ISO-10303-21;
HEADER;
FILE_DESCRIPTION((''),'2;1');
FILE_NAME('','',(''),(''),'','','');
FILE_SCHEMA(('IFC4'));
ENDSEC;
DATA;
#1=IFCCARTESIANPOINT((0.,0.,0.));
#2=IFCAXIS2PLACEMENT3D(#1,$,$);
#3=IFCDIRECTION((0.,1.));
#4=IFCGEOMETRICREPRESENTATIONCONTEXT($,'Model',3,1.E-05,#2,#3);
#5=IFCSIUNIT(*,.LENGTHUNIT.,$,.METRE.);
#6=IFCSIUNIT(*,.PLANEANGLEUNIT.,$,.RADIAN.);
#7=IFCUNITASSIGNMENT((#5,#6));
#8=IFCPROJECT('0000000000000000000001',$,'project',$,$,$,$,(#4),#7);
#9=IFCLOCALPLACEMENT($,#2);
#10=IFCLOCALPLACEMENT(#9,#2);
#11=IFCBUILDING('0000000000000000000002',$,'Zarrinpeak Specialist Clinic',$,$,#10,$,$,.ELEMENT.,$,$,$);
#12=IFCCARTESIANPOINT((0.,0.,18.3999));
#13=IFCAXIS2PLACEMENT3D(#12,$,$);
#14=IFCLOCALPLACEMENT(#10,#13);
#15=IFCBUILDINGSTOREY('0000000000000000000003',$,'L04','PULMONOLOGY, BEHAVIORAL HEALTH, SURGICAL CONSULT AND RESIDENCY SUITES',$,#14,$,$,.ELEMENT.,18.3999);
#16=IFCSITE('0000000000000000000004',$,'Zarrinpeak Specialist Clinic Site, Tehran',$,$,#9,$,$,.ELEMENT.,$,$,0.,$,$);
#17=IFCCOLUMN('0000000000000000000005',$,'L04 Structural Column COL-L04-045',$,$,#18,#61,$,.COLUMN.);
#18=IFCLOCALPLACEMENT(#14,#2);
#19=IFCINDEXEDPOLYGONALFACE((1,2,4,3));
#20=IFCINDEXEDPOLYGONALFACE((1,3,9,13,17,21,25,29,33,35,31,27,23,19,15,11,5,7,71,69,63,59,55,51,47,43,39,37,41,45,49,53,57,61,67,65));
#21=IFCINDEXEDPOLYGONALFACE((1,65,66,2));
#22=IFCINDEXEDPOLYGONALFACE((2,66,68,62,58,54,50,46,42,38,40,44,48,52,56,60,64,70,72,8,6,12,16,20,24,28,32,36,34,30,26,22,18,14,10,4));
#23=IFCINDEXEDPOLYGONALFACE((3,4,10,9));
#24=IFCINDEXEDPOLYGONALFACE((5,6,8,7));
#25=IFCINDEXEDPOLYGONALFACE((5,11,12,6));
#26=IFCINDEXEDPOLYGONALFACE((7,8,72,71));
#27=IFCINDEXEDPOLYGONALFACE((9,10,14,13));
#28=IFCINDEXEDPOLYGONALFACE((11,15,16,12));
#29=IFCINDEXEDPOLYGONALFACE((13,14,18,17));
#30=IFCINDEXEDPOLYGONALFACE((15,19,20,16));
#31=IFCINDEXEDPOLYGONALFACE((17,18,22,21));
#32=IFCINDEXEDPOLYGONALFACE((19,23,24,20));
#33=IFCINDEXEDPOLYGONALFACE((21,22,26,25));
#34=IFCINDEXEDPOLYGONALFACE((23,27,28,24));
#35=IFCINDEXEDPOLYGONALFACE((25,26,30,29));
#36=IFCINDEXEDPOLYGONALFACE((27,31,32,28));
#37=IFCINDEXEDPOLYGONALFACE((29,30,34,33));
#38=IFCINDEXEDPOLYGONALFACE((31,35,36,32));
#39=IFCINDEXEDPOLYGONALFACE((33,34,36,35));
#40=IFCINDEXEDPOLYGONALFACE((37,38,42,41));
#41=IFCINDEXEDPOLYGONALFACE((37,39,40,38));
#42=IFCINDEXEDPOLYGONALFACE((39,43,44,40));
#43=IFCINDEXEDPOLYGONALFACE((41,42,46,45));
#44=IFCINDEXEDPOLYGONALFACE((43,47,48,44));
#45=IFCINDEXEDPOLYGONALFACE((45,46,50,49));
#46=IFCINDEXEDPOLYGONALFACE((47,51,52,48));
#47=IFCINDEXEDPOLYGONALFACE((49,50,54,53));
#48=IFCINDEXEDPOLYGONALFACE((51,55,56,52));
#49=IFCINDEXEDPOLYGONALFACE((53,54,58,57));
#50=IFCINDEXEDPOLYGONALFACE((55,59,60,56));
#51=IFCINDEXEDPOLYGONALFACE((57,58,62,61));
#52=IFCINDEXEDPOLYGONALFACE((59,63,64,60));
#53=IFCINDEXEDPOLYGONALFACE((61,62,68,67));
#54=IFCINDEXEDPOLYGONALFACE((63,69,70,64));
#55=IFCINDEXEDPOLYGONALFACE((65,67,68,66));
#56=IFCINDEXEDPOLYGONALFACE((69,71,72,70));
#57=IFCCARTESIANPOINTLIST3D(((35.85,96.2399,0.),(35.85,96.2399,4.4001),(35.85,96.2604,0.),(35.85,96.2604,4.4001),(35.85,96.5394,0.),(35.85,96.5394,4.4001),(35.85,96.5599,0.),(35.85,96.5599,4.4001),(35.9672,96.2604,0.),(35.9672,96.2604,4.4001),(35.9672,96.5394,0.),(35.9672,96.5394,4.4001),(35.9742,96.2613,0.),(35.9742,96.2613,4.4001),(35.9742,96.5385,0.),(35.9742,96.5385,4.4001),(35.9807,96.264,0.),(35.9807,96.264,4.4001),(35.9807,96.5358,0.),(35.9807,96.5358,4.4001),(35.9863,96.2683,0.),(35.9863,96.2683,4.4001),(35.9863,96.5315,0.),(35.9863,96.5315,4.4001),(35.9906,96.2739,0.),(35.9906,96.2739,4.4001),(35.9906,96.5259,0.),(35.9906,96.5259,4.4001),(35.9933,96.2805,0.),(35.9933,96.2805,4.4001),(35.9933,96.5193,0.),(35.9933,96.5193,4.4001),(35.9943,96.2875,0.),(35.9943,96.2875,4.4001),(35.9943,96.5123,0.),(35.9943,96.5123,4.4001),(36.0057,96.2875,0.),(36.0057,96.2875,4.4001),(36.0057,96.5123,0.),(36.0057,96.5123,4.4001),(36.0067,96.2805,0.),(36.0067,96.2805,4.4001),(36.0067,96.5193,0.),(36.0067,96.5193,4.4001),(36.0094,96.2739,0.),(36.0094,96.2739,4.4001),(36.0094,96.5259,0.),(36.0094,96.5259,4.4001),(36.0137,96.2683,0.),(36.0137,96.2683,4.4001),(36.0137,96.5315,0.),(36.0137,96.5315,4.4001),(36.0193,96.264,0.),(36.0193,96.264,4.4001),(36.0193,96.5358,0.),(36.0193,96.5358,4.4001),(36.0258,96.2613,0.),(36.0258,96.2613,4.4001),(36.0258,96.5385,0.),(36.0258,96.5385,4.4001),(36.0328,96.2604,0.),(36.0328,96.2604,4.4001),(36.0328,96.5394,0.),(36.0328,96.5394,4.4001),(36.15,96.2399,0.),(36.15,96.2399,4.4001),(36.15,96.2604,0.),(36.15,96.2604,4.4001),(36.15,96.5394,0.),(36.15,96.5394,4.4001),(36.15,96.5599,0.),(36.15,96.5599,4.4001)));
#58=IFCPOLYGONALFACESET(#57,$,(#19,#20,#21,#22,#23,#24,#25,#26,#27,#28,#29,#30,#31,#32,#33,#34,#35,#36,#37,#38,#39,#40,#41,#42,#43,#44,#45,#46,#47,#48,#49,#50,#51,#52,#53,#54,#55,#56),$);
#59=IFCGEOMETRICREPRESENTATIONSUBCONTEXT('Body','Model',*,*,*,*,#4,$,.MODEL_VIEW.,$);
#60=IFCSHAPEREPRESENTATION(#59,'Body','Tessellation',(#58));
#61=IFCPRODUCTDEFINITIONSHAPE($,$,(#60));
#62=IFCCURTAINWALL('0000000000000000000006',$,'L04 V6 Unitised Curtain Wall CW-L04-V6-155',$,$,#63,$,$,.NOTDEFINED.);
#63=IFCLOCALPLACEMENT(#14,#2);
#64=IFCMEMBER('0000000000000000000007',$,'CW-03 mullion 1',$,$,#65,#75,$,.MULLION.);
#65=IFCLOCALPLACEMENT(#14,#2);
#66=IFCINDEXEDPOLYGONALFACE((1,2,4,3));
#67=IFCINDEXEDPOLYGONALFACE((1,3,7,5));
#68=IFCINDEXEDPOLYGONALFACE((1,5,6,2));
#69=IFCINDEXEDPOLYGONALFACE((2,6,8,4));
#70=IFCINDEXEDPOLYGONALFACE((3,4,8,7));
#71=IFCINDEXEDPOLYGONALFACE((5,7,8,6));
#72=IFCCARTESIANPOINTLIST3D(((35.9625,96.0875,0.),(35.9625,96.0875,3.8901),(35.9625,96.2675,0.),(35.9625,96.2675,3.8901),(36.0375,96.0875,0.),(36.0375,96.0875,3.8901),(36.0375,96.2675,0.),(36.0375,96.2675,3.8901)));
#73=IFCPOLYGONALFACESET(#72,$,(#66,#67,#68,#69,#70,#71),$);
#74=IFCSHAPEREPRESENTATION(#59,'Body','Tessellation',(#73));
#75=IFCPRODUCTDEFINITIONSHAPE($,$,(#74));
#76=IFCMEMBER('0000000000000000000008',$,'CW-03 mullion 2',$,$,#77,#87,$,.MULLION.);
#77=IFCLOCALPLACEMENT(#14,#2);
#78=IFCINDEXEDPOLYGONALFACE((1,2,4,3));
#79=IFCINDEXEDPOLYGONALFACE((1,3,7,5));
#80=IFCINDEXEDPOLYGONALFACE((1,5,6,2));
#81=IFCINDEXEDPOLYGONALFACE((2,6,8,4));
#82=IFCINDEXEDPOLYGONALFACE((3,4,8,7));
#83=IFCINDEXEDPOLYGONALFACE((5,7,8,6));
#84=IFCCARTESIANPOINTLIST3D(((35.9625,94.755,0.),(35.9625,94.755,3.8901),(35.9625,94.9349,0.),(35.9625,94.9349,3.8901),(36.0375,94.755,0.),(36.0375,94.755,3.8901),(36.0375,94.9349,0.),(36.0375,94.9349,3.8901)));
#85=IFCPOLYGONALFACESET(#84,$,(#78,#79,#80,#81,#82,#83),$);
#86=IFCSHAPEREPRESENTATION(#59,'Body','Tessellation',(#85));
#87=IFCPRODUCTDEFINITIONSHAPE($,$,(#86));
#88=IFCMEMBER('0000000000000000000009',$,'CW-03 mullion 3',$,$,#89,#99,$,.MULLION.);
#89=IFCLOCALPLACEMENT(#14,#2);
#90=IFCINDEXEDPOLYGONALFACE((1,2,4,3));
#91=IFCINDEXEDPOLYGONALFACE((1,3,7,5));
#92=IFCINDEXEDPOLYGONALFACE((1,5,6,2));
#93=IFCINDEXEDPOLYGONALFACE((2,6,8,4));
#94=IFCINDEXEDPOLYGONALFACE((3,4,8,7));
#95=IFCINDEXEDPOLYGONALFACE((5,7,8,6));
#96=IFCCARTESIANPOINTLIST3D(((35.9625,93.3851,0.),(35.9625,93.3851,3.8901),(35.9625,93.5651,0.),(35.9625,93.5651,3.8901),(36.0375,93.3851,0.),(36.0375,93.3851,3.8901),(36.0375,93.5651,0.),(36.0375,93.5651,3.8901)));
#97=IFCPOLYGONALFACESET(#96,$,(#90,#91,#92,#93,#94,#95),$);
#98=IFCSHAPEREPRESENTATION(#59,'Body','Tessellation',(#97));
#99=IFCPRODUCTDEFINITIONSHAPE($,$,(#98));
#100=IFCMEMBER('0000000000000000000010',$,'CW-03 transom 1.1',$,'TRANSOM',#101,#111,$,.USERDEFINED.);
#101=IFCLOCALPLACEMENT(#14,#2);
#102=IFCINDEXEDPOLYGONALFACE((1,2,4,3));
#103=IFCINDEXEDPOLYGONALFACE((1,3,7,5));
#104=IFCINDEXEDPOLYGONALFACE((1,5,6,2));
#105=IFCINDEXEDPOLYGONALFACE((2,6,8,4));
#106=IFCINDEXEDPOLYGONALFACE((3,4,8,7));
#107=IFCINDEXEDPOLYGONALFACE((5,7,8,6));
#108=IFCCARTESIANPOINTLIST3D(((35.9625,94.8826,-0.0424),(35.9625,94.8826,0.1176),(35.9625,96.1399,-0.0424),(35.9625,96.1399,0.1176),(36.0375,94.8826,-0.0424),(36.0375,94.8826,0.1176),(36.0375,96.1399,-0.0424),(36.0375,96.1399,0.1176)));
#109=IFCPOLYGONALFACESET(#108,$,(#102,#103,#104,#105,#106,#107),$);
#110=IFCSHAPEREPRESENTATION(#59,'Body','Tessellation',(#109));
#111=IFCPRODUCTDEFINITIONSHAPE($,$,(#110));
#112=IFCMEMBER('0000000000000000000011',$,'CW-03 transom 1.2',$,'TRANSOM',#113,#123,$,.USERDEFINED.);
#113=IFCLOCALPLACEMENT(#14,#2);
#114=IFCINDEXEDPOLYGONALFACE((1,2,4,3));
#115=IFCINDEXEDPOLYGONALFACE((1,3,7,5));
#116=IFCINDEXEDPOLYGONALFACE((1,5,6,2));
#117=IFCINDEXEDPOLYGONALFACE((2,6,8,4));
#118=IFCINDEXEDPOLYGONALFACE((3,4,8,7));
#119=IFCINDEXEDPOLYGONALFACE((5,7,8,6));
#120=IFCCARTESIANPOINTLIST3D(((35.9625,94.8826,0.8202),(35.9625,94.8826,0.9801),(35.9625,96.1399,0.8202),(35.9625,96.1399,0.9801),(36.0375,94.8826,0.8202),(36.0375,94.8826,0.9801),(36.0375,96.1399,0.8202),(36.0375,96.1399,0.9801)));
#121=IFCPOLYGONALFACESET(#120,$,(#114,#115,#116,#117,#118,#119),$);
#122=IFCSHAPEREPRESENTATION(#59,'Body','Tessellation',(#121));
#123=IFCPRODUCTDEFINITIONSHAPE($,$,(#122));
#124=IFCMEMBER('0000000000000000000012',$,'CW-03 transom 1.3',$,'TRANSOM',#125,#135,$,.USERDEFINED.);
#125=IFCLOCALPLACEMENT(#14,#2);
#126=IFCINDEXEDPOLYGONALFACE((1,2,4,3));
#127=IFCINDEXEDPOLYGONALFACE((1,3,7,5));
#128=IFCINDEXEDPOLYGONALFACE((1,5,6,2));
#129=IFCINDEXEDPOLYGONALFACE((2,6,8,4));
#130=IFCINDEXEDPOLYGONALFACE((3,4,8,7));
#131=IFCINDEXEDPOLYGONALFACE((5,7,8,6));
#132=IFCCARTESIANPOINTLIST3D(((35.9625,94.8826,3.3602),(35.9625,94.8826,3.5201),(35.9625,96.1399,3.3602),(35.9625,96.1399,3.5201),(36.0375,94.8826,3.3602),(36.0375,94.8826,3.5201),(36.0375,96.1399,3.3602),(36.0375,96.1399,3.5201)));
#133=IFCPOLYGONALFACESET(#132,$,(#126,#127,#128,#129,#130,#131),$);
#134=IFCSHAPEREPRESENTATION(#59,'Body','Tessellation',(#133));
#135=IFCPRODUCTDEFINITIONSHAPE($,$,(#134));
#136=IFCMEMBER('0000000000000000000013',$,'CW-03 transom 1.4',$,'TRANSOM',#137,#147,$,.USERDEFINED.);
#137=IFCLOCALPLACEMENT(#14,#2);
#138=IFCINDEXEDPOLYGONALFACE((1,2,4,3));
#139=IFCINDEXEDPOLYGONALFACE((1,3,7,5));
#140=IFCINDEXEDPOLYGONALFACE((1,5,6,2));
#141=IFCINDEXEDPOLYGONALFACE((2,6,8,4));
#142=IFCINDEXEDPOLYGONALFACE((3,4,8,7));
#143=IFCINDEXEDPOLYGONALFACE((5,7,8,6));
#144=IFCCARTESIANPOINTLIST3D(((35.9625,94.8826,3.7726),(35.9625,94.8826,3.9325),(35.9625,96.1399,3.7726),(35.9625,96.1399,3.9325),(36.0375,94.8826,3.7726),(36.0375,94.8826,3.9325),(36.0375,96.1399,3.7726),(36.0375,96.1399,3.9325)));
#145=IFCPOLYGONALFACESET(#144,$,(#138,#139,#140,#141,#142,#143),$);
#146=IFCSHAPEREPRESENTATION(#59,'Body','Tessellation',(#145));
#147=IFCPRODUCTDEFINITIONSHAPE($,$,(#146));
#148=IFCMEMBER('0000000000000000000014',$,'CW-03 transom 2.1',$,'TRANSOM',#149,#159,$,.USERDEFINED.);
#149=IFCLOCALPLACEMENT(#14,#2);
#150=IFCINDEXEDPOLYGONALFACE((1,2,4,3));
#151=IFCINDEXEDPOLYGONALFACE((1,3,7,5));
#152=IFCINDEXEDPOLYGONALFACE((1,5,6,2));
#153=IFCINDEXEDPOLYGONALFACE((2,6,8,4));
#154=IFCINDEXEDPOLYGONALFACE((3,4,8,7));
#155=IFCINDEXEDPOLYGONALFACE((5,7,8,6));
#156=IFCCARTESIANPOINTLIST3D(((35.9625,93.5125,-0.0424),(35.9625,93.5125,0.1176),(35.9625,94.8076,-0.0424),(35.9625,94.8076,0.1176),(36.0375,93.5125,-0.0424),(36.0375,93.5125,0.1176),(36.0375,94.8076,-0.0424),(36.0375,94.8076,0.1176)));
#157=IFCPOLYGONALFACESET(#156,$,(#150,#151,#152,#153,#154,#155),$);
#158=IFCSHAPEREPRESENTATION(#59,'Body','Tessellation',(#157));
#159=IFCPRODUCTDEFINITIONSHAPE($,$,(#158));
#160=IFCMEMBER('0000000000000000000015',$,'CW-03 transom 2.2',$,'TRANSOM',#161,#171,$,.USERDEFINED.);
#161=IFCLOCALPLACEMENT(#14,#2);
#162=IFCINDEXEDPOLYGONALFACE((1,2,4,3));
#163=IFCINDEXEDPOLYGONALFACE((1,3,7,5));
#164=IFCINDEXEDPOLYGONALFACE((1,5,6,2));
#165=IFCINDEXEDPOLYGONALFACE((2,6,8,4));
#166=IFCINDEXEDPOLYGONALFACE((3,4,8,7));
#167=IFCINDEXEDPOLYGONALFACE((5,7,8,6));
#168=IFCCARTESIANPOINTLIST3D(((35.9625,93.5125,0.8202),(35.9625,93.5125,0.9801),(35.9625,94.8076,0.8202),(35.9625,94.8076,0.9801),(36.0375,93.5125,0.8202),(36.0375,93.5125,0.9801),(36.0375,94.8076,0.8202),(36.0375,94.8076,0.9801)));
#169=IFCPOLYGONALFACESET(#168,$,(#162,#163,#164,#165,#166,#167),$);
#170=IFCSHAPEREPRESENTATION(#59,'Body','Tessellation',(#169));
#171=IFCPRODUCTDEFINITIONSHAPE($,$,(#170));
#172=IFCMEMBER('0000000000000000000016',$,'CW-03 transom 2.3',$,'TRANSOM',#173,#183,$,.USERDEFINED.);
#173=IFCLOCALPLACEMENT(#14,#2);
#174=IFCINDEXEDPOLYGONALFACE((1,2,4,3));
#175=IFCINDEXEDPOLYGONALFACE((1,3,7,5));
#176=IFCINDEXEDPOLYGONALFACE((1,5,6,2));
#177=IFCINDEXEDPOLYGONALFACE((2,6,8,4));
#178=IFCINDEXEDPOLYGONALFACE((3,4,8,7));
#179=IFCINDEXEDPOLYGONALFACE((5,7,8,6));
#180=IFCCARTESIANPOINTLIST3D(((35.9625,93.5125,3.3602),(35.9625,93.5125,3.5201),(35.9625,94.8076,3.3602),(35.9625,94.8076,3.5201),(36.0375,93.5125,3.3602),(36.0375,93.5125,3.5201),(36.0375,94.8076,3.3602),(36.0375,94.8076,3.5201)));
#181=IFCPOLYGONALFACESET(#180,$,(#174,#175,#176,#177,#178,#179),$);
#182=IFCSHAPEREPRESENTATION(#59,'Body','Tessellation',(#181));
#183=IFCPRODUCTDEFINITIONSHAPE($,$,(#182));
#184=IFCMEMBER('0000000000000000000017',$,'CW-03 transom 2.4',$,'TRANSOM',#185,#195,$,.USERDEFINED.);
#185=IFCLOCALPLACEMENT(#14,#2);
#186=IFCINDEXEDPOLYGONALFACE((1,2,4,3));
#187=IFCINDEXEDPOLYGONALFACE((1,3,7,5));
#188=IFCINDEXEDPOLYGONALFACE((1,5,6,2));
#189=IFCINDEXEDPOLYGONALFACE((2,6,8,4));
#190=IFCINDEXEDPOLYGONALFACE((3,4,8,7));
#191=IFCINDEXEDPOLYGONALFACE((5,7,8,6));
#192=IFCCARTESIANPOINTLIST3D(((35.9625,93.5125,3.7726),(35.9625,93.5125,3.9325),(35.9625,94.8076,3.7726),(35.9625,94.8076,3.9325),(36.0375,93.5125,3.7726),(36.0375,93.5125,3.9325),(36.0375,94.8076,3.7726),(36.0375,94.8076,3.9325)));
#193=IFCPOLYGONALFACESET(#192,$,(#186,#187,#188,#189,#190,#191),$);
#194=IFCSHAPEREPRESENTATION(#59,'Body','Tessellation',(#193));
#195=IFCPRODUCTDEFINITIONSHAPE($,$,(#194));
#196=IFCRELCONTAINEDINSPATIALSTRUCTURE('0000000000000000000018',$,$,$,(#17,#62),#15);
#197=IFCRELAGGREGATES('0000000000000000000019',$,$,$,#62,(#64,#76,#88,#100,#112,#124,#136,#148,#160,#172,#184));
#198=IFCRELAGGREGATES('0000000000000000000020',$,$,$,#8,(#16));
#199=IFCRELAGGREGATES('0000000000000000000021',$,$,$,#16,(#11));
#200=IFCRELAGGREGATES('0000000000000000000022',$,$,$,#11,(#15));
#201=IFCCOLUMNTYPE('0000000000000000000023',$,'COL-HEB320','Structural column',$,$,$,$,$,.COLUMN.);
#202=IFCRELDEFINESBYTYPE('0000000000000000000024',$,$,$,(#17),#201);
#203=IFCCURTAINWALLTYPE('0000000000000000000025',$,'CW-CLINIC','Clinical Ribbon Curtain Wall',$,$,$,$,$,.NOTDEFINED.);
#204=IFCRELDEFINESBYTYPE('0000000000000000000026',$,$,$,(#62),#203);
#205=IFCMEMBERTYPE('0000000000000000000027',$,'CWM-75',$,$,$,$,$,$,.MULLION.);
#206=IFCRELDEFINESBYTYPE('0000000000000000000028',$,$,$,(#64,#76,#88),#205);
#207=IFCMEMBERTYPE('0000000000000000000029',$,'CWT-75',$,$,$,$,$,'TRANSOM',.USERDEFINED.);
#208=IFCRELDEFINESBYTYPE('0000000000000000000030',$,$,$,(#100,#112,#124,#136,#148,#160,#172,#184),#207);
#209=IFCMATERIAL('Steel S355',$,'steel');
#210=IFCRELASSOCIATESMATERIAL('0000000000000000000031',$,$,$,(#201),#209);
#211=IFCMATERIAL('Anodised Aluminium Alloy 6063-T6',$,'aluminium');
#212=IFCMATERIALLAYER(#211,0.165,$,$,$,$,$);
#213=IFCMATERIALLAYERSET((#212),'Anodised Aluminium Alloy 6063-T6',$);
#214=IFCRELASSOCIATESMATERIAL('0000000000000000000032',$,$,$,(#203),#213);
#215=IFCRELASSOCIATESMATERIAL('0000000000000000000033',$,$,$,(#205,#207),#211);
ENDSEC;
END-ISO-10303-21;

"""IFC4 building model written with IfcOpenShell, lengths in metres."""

from ifc_helpers import new_model, si_unit, direction, frame, origin, origin_2d, place, context, subcontext, project, spatial, rectangle, i_section, extrude, material, layer, layer_set, material_profile, profile_set, type_object, element, aggregate, save


model = new_model("IFC4")

# Units and contexts
model_context = context("Model", 3, precision=1e-05, world=origin(), true_north=direction((0.0, 1.0)))
body_context = subcontext(model_context, "Body", "Model", "MODEL_VIEW")
ifc_project = project(units=[si_unit("LENGTHUNIT", "METRE"), si_unit("PLANEANGLEUNIT", "RADIAN")], contexts=[model_context])

# Site, building, storey
site_placement = place(None, origin())
site = spatial("IfcSite", under=ifc_project, at=site_placement, Name="Zarrinpeak Specialist Clinic Site, Tehran", CompositionType="ELEMENT", RefElevation=0.0)
building_placement = place(site_placement, origin())
building = spatial("IfcBuilding", under=site, at=building_placement, Name="Zarrinpeak Specialist Clinic", CompositionType="ELEMENT")
storey_placement = place(building_placement, frame((0.0, 0.0, 18.3999)))
storey = spatial("IfcBuildingStorey", under=building, at=storey_placement, Name="L04", Description="PULMONOLOGY, BEHAVIORAL HEALTH, SURGICAL CONSULT AND RESIDENCY SUITES", CompositionType="ELEMENT", Elevation=18.3999)

# Column
ifc_material_1 = material(Name="Steel S355", Category="steel")
ifc_material_profile_1 = material_profile(ifc_material_1, i_section(OverallWidth=0.3, OverallDepth=0.3201, WebThickness=0.0115, FlangeThickness=0.0205, FilletRadius=0.0271, at=origin_2d()), Name="HEB 320")
ifc_profile_set_1 = profile_set([ifc_material_profile_1], Name="Steel S355")
column_type = type_object("IfcColumnType", Name="COL-HEB320", Description="Structural column", PredefinedType="COLUMN", material=ifc_profile_set_1)
column_placement = place(storey_placement, frame((36.0, 96.3999, 0.0), z_axis=(0.0, 0.0, 1.0), x_axis=(1.0, 0.0, 0.0)))
element("IfcColumn", 1, at=column_placement, inside=storey, type_object=column_type, Name="L04 Structural Column COL-L04-045", PredefinedType="COLUMN", context=body_context, shape_type="SweptSolid", body=[
    extrude(i_section(OverallWidth=0.3, OverallDepth=0.3201, WebThickness=0.0115, FlangeThickness=0.0205, FilletRadius=0.0271, at=origin_2d()), origin(), (0.0, 0.0, 1.0), 4.4001),
])

# Curtain wall, members
ifc_material_2 = material(Name="Anodised Aluminium Alloy 6063-T6", Category="aluminium")
ifc_layer_1 = layer(ifc_material_2, 0.165)
ifc_layer_set_1 = layer_set([ifc_layer_1], Name="Anodised Aluminium Alloy 6063-T6")
curtain_wall_type = type_object("IfcCurtainWallType", Name="CW-CLINIC", Description="Clinical Ribbon Curtain Wall", PredefinedType="NOTDEFINED", material=ifc_layer_set_1)
curtain_wall_placement = place(storey_placement, origin())
curtain_wall = element("IfcCurtainWall", 2, at=curtain_wall_placement, inside=storey, type_object=curtain_wall_type, Name="L04 V6 Unitised Curtain Wall CW-L04-V6-155", PredefinedType="NOTDEFINED")
ifc_material_profile_2 = material_profile(ifc_material_2, rectangle(XDim=0.075, YDim=0.1799, at=origin_2d()), Name="ALU 75x180")
ifc_profile_set_2 = profile_set([ifc_material_profile_2], Name="Anodised Aluminium Alloy 6063-T6")
member_type_1 = type_object("IfcMemberType", Name="CWM-75", PredefinedType="MULLION", material=ifc_profile_set_2)
member_1_placement = place(storey_placement, frame((36.0, 96.1775, 0.0), z_axis=(0.0, 0.0, 1.0), x_axis=(1.0, 0.0, 0.0)))
member_1 = element("IfcMember", 3, at=member_1_placement, type_object=member_type_1, Name="CW-03 mullion 1", PredefinedType="MULLION", context=body_context, shape_type="SweptSolid", body=[
    extrude(rectangle(XDim=0.075, YDim=0.1799, at=origin_2d()), origin(), (0.0, 0.0, 1.0), 3.8901),
])
member_2_placement = place(storey_placement, frame((36.0, 94.845, 0.0), z_axis=(0.0, 0.0, 1.0), x_axis=(1.0, 0.0, 0.0)))
member_2 = element("IfcMember", 4, at=member_2_placement, type_object=member_type_1, Name="CW-03 mullion 2", PredefinedType="MULLION", context=body_context, shape_type="SweptSolid", body=[
    extrude(rectangle(XDim=0.075, YDim=0.1799, at=origin_2d()), origin(), (0.0, 0.0, 1.0), 3.8901),
])
member_3_placement = place(storey_placement, frame((36.0, 93.4751, 0.0), z_axis=(0.0, 0.0, 1.0), x_axis=(1.0, 0.0, 0.0)))
member_3 = element("IfcMember", 5, at=member_3_placement, type_object=member_type_1, Name="CW-03 mullion 3", PredefinedType="MULLION", context=body_context, shape_type="SweptSolid", body=[
    extrude(rectangle(XDim=0.075, YDim=0.1799, at=origin_2d()), origin(), (0.0, 0.0, 1.0), 3.8901),
])
ifc_material_profile_3 = material_profile(ifc_material_2, rectangle(XDim=0.075, YDim=0.1599, at=origin_2d()), Name="ALU 75x160")
ifc_profile_set_3 = profile_set([ifc_material_profile_3], Name="Anodised Aluminium Alloy 6063-T6")
member_type_2 = type_object("IfcMemberType", Name="CWT-75", ElementType="TRANSOM", PredefinedType="USERDEFINED", material=ifc_profile_set_3)
member_4_placement = place(storey_placement, frame((36.0, 96.1399, 0.0376), z_axis=(0.0, -1.0, 0.0), x_axis=(1.0, 0.0, 0.0)))
member_4 = element("IfcMember", 6, at=member_4_placement, type_object=member_type_2, Name="CW-03 transom 1.1", ObjectType="TRANSOM", PredefinedType="USERDEFINED", context=body_context, shape_type="SweptSolid", body=[
    extrude(rectangle(XDim=0.075, YDim=0.1599, at=origin_2d()), origin(), (0.0, 0.0, 1.0), 1.2573),
])
member_5_placement = place(storey_placement, frame((36.0, 96.1399, 0.9001), z_axis=(0.0, -1.0, 0.0), x_axis=(1.0, 0.0, 0.0)))
member_5 = element("IfcMember", 7, at=member_5_placement, type_object=member_type_2, Name="CW-03 transom 1.2", ObjectType="TRANSOM", PredefinedType="USERDEFINED", context=body_context, shape_type="SweptSolid", body=[
    extrude(rectangle(XDim=0.075, YDim=0.1599, at=origin_2d()), origin(), (0.0, 0.0, 1.0), 1.2573),
])
member_6_placement = place(storey_placement, frame((36.0, 96.1399, 3.4402), z_axis=(0.0, -1.0, 0.0), x_axis=(1.0, 0.0, 0.0)))
member_6 = element("IfcMember", 8, at=member_6_placement, type_object=member_type_2, Name="CW-03 transom 1.3", ObjectType="TRANSOM", PredefinedType="USERDEFINED", context=body_context, shape_type="SweptSolid", body=[
    extrude(rectangle(XDim=0.075, YDim=0.1599, at=origin_2d()), origin(), (0.0, 0.0, 1.0), 1.2573),
])
member_7_placement = place(storey_placement, frame((36.0, 96.1399, 3.8525), z_axis=(0.0, -1.0, 0.0), x_axis=(1.0, 0.0, 0.0)))
member_7 = element("IfcMember", 9, at=member_7_placement, type_object=member_type_2, Name="CW-03 transom 1.4", ObjectType="TRANSOM", PredefinedType="USERDEFINED", context=body_context, shape_type="SweptSolid", body=[
    extrude(rectangle(XDim=0.075, YDim=0.1599, at=origin_2d()), origin(), (0.0, 0.0, 1.0), 1.2573),
])
member_8_placement = place(storey_placement, frame((36.0, 94.8076, 0.0376), z_axis=(0.0, -1.0, 0.0), x_axis=(1.0, 0.0, 0.0)))
member_8 = element("IfcMember", 10, at=member_8_placement, type_object=member_type_2, Name="CW-03 transom 2.1", ObjectType="TRANSOM", PredefinedType="USERDEFINED", context=body_context, shape_type="SweptSolid", body=[
    extrude(rectangle(XDim=0.075, YDim=0.1599, at=origin_2d()), origin(), (0.0, 0.0, 1.0), 1.2952),
])
member_9_placement = place(storey_placement, frame((36.0, 94.8076, 0.9001), z_axis=(0.0, -1.0, 0.0), x_axis=(1.0, 0.0, 0.0)))
member_9 = element("IfcMember", 11, at=member_9_placement, type_object=member_type_2, Name="CW-03 transom 2.2", ObjectType="TRANSOM", PredefinedType="USERDEFINED", context=body_context, shape_type="SweptSolid", body=[
    extrude(rectangle(XDim=0.075, YDim=0.1599, at=origin_2d()), origin(), (0.0, 0.0, 1.0), 1.2952),
])
member_10_placement = place(storey_placement, frame((36.0, 94.8076, 3.4402), z_axis=(0.0, -1.0, 0.0), x_axis=(1.0, 0.0, 0.0)))
member_10 = element("IfcMember", 12, at=member_10_placement, type_object=member_type_2, Name="CW-03 transom 2.3", ObjectType="TRANSOM", PredefinedType="USERDEFINED", context=body_context, shape_type="SweptSolid", body=[
    extrude(rectangle(XDim=0.075, YDim=0.1599, at=origin_2d()), origin(), (0.0, 0.0, 1.0), 1.2952),
])
member_11_placement = place(storey_placement, frame((36.0, 94.8076, 3.8525), z_axis=(0.0, -1.0, 0.0), x_axis=(1.0, 0.0, 0.0)))
member_11 = element("IfcMember", 13, at=member_11_placement, type_object=member_type_2, Name="CW-03 transom 2.4", ObjectType="TRANSOM", PredefinedType="USERDEFINED", context=body_context, shape_type="SweptSolid", body=[
    extrude(rectangle(XDim=0.075, YDim=0.1599, at=origin_2d()), origin(), (0.0, 0.0, 1.0), 1.2952),
])
aggregate(curtain_wall, [member_1, member_2, member_3, member_4, member_5, member_6, member_7, member_8, member_9, member_10, member_11])

save(model, "model.ifc")
